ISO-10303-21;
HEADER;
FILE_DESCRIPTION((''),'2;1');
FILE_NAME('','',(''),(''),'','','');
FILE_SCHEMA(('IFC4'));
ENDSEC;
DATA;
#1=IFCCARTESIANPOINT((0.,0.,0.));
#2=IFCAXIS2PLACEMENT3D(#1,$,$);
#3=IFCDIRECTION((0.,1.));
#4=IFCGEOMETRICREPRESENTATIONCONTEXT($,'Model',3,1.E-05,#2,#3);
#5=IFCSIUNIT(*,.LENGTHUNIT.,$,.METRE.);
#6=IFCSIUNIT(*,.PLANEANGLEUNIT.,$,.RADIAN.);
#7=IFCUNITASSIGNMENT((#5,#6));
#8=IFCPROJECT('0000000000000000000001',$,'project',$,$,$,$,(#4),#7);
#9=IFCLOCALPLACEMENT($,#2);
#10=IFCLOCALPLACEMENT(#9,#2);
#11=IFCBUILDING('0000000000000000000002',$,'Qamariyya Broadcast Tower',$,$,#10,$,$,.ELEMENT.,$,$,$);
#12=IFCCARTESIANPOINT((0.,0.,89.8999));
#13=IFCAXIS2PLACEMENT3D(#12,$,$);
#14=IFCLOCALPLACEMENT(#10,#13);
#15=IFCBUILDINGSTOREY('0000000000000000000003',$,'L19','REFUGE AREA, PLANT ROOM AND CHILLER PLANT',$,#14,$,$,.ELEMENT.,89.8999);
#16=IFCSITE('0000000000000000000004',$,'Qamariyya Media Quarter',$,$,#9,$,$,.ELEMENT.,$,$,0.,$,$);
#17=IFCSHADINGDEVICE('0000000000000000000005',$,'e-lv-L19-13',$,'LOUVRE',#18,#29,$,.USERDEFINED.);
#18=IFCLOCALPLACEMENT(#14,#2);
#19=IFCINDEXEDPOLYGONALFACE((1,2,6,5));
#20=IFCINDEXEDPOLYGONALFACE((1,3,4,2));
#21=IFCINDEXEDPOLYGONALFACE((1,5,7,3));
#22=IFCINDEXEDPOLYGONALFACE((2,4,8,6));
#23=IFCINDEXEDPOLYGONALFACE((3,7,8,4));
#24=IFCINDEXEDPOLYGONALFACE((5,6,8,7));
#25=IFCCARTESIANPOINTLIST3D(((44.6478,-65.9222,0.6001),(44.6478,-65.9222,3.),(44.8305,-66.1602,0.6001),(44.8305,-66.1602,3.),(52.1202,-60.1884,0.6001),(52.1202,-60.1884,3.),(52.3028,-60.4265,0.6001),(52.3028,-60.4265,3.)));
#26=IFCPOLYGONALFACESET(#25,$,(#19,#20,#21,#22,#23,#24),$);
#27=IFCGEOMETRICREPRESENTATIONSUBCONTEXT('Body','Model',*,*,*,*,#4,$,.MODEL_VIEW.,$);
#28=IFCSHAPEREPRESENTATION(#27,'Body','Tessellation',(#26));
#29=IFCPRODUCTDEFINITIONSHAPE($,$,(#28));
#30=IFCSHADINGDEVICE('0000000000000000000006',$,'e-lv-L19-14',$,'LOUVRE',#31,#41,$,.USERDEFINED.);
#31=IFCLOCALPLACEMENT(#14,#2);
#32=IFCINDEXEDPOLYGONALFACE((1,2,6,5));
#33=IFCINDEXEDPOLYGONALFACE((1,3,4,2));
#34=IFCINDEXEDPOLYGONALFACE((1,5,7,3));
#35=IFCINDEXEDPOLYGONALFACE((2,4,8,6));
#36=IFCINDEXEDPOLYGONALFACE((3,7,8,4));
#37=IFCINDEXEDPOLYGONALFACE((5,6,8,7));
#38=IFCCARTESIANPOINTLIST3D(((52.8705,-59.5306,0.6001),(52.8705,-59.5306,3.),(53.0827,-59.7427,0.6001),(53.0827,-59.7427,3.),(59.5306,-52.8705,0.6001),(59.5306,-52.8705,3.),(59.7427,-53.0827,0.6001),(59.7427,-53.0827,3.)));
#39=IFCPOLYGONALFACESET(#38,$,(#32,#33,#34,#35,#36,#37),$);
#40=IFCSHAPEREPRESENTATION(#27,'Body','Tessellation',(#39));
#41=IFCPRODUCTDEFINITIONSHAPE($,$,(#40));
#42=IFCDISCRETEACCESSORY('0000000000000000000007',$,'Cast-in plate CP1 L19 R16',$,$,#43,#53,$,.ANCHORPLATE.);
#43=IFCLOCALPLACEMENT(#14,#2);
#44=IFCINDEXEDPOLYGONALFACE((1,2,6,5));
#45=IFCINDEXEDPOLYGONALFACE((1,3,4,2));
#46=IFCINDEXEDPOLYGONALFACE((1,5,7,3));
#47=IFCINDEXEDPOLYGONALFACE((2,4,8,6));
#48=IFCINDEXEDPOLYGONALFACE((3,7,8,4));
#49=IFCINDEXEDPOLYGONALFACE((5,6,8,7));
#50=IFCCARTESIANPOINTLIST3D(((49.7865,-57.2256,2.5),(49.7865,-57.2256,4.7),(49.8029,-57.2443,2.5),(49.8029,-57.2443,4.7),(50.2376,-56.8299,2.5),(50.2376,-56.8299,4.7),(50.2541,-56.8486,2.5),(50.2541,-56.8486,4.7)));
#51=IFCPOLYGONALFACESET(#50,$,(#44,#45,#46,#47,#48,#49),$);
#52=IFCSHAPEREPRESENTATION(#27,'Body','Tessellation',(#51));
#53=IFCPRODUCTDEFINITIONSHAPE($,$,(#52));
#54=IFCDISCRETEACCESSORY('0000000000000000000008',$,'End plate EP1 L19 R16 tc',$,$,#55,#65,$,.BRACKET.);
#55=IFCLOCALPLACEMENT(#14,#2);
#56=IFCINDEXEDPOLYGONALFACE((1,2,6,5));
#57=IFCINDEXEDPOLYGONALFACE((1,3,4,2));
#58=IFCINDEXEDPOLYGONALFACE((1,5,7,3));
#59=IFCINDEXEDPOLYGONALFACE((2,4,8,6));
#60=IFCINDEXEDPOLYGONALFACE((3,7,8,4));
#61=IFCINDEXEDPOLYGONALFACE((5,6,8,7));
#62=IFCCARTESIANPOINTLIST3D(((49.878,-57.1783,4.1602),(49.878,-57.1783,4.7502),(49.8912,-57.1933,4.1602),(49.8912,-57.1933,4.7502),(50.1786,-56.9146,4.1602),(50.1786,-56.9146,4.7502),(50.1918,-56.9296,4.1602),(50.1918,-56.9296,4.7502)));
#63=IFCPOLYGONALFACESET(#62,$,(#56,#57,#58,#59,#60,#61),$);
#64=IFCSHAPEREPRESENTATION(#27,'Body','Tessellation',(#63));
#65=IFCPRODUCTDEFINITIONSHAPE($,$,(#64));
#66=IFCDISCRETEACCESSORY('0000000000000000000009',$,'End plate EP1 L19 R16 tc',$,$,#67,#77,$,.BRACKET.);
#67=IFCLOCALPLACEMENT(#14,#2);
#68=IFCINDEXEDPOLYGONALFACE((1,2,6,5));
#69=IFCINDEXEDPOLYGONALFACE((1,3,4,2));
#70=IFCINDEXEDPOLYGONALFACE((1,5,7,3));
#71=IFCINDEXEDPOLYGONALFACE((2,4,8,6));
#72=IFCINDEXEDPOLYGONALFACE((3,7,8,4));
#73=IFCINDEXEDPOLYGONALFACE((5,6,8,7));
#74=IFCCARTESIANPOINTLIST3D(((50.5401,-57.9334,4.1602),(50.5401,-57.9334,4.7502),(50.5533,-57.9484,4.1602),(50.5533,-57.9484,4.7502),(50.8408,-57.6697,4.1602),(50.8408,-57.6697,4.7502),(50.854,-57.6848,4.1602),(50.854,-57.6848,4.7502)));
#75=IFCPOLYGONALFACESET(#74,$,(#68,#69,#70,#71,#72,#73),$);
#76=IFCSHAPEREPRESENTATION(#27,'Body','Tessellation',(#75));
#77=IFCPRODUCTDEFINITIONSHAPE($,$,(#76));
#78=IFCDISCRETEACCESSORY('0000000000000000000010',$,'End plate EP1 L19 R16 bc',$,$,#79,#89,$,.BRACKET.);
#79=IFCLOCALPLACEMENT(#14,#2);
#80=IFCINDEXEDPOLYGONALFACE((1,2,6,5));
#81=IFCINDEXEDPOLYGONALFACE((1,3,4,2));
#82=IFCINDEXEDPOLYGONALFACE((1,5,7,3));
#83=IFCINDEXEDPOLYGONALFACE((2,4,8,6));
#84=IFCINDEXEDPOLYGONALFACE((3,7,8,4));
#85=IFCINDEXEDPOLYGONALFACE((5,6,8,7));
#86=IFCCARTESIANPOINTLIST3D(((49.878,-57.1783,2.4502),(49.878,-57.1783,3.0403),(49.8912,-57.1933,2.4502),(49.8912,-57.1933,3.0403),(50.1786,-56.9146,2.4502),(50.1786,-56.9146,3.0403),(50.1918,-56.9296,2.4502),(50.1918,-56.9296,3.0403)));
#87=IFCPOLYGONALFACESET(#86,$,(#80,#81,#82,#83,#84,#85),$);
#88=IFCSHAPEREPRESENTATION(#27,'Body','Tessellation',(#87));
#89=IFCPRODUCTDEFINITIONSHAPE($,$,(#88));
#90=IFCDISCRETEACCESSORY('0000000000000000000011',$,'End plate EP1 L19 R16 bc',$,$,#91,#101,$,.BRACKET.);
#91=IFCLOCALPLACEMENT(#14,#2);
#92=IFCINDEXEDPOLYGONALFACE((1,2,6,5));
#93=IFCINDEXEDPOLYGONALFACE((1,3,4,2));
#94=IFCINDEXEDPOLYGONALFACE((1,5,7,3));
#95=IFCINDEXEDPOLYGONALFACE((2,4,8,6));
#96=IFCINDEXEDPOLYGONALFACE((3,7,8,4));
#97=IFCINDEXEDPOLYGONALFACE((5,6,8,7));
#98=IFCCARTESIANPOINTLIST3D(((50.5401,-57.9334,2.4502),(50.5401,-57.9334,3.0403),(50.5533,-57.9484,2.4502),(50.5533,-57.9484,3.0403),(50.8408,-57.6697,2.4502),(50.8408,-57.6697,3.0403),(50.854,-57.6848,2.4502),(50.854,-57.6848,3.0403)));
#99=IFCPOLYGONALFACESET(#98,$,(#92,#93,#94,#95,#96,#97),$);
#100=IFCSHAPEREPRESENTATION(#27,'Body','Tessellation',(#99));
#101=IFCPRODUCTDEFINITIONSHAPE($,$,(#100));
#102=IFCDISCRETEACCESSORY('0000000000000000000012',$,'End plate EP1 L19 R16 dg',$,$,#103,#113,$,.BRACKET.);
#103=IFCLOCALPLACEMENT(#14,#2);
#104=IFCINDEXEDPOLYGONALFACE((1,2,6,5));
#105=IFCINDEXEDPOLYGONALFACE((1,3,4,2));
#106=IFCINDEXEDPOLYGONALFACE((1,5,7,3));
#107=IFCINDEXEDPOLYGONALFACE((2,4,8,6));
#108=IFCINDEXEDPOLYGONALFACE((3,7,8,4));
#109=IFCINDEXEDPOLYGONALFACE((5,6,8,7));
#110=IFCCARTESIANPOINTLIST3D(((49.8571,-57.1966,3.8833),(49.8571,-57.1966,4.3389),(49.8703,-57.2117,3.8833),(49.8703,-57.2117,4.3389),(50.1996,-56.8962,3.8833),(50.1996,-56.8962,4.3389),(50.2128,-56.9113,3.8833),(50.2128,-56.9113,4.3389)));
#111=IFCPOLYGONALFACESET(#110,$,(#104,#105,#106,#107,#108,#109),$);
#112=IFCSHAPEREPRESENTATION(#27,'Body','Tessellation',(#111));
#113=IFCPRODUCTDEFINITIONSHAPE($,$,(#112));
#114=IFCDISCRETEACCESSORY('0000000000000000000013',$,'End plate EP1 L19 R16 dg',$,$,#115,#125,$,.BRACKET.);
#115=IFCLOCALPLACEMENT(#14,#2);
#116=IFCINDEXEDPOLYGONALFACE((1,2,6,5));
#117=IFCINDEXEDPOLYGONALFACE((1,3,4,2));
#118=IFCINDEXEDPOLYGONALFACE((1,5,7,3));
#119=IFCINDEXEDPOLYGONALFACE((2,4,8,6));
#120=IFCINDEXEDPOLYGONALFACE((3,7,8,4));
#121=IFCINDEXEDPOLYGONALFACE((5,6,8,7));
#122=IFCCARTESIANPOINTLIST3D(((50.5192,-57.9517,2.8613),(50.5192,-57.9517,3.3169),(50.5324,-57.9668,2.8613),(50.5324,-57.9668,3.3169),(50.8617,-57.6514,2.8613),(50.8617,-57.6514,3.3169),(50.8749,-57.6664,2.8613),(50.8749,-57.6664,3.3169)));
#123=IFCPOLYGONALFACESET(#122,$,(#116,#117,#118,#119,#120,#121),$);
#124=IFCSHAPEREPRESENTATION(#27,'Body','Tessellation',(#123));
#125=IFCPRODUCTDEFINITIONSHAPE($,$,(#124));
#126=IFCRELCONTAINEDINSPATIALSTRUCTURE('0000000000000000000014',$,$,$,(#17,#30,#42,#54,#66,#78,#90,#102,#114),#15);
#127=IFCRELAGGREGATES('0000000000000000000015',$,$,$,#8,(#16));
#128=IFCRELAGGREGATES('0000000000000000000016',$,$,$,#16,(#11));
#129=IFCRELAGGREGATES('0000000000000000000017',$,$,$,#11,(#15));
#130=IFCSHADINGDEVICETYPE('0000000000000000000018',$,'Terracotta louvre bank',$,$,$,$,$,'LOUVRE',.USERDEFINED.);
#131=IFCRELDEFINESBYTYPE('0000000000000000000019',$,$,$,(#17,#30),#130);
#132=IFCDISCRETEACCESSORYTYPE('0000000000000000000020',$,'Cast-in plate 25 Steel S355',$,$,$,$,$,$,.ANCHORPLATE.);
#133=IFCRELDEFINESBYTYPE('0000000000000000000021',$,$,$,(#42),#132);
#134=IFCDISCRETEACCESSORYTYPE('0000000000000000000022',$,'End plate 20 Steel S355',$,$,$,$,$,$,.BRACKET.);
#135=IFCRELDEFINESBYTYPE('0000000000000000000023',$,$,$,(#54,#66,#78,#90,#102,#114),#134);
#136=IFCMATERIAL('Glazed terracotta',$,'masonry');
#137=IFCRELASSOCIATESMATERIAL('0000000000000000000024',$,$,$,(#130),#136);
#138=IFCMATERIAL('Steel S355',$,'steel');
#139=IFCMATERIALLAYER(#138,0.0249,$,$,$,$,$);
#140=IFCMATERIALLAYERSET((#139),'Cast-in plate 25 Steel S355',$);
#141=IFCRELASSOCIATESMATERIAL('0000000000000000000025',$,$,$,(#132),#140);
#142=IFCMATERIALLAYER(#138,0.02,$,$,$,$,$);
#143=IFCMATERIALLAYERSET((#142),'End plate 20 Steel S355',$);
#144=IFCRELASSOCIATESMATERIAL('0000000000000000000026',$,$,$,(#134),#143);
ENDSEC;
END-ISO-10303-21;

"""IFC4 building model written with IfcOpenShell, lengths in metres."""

from ifc_helpers import new_model, si_unit, direction, frame, origin, origin_2d, place, context, subcontext, project, spatial, rectangle, extrude, material, layer, layer_set, type_object, element, save


model = new_model("IFC4")

# Units and contexts
model_context = context("Model", 3, precision=1e-05, world=origin(), true_north=direction((0.0, 1.0)))
body_context = subcontext(model_context, "Body", "Model", "MODEL_VIEW")
ifc_project = project(units=[si_unit("LENGTHUNIT", "METRE"), si_unit("PLANEANGLEUNIT", "RADIAN")], contexts=[model_context])

# Site, building, storey
site_placement = place(None, origin())
site = spatial("IfcSite", under=ifc_project, at=site_placement, Name="Qamariyya Media Quarter", CompositionType="ELEMENT", RefElevation=0.0)
building_placement = place(site_placement, origin())
building = spatial("IfcBuilding", under=site, at=building_placement, Name="Qamariyya Broadcast Tower", CompositionType="ELEMENT")
storey_placement = place(building_placement, frame((0.0, 0.0, 89.8999)))
storey = spatial("IfcBuildingStorey", under=building, at=storey_placement, Name="L19", Description="REFUGE AREA, PLANT ROOM AND CHILLER PLANT", CompositionType="ELEMENT", Elevation=89.8999)

# Shared definitions
ifc_material_1 = material(Name="Steel S355", Category="steel")

# Shading devices
ifc_material_2 = material(Name="Glazed terracotta", Category="masonry")
shading_device_type = type_object("IfcShadingDeviceType", Name="Terracotta louvre bank", ElementType="LOUVRE", PredefinedType="USERDEFINED", material=ifc_material_2)
for number, where, z_axis, x_axis, name in (
    (1, (48.4753, -63.1743, 0.6001), (0.0, 0.0, 1.0), (0.793353, 0.608761, 0.0), "e-lv-L19-13"),
    (2, (56.3066, -56.3066, 0.6001), (0.0, 0.0, 1.0), (0.707107, 0.707107, 0.0), "e-lv-L19-14"),
):
    element("IfcShadingDevice", number, at=place(storey_placement, frame(where, z_axis=z_axis, x_axis=x_axis)), inside=storey, type_object=shading_device_type, Name=name, ObjectType="LOUVRE", PredefinedType="USERDEFINED", context=body_context, shape_type="SweptSolid", body=[
        extrude(rectangle(XDim=9.4187, YDim=0.3, at=origin_2d()), origin(), (0.0, 0.0, 1.0), 2.3999),
    ])

# Discrete accessories
ifc_layer_1 = layer(ifc_material_1, 0.0249)
ifc_layer_set_1 = layer_set([ifc_layer_1], Name="Cast-in plate 25 Steel S355")
discrete_accessory_type_1 = type_object("IfcDiscreteAccessoryType", Name="Cast-in plate 25 Steel S355", PredefinedType="ANCHORPLATE", material=ifc_layer_set_1)
discrete_accessory_placement = place(storey_placement, frame((50.0203, -57.0371, 2.5), z_axis=(0.0, 0.0, 1.0), x_axis=(-0.75184, -0.659346, 0.0)))
element("IfcDiscreteAccessory", 3, at=discrete_accessory_placement, inside=storey, type_object=discrete_accessory_type_1, Name="Cast-in plate CP1 L19 R16", PredefinedType="ANCHORPLATE", context=body_context, shape_type="SweptSolid", body=[
    extrude(rectangle(XDim=0.6001, YDim=0.0249, at=origin_2d()), origin(), (0.0, 0.0, 1.0), 2.2),
])
ifc_layer_2 = layer(ifc_material_1, 0.02)
ifc_layer_set_2 = layer_set([ifc_layer_2], Name="End plate 20 Steel S355")
discrete_accessory_type_2 = type_object("IfcDiscreteAccessoryType", Name="End plate 20 Steel S355", PredefinedType="BRACKET", material=ifc_layer_set_2)
for number, where, z_axis, x_axis, name in (
    (4, (50.0349, -57.054, 4.1602), (0.0, 0.0, 1.0), (-0.75184, -0.659346, 0.0), "End plate EP1 L19 R16 tc"),
    (5, (50.697, -57.8091, 4.1602), (0.0, 0.0, 1.0), (-0.75184, -0.659346, 0.0), "End plate EP1 L19 R16 tc"),
    (6, (50.0349, -57.054, 2.4502), (0.0, 0.0, 1.0), (-0.75184, -0.659346, 0.0), "End plate EP1 L19 R16 bc"),
    (7, (50.697, -57.8091, 2.4502), (0.0, 0.0, 1.0), (-0.75184, -0.659346, 0.0), "End plate EP1 L19 R16 bc"),
):
    element("IfcDiscreteAccessory", number, at=place(storey_placement, frame(where, z_axis=z_axis, x_axis=x_axis)), inside=storey, type_object=discrete_accessory_type_2, Name=name, PredefinedType="BRACKET", context=body_context, shape_type="SweptSolid", body=[
        extrude(rectangle(XDim=0.3999, YDim=0.02, at=origin_2d()), origin(), (0.0, 0.0, 1.0), 0.5901),
    ])
for number, where, z_axis, x_axis, name in (
    (8, (50.0349, -57.054, 3.8833), (0.0, 0.0, 1.0), (-0.75184, -0.659346, 0.0), "End plate EP1 L19 R16 dg"),
    (9, (50.697, -57.8091, 2.8613), (0.0, 0.0, 1.0), (-0.75184, -0.659346, 0.0), "End plate EP1 L19 R16 dg"),
):
    element("IfcDiscreteAccessory", number, at=place(storey_placement, frame(where, z_axis=z_axis, x_axis=x_axis)), inside=storey, type_object=discrete_accessory_type_2, Name=name, PredefinedType="BRACKET", context=body_context, shape_type="SweptSolid", body=[
        extrude(rectangle(XDim=0.4556, YDim=0.02, at=origin_2d()), origin(), (0.0, 0.0, 1.0), 0.4556),
    ])

save(model, "model.ifc")
